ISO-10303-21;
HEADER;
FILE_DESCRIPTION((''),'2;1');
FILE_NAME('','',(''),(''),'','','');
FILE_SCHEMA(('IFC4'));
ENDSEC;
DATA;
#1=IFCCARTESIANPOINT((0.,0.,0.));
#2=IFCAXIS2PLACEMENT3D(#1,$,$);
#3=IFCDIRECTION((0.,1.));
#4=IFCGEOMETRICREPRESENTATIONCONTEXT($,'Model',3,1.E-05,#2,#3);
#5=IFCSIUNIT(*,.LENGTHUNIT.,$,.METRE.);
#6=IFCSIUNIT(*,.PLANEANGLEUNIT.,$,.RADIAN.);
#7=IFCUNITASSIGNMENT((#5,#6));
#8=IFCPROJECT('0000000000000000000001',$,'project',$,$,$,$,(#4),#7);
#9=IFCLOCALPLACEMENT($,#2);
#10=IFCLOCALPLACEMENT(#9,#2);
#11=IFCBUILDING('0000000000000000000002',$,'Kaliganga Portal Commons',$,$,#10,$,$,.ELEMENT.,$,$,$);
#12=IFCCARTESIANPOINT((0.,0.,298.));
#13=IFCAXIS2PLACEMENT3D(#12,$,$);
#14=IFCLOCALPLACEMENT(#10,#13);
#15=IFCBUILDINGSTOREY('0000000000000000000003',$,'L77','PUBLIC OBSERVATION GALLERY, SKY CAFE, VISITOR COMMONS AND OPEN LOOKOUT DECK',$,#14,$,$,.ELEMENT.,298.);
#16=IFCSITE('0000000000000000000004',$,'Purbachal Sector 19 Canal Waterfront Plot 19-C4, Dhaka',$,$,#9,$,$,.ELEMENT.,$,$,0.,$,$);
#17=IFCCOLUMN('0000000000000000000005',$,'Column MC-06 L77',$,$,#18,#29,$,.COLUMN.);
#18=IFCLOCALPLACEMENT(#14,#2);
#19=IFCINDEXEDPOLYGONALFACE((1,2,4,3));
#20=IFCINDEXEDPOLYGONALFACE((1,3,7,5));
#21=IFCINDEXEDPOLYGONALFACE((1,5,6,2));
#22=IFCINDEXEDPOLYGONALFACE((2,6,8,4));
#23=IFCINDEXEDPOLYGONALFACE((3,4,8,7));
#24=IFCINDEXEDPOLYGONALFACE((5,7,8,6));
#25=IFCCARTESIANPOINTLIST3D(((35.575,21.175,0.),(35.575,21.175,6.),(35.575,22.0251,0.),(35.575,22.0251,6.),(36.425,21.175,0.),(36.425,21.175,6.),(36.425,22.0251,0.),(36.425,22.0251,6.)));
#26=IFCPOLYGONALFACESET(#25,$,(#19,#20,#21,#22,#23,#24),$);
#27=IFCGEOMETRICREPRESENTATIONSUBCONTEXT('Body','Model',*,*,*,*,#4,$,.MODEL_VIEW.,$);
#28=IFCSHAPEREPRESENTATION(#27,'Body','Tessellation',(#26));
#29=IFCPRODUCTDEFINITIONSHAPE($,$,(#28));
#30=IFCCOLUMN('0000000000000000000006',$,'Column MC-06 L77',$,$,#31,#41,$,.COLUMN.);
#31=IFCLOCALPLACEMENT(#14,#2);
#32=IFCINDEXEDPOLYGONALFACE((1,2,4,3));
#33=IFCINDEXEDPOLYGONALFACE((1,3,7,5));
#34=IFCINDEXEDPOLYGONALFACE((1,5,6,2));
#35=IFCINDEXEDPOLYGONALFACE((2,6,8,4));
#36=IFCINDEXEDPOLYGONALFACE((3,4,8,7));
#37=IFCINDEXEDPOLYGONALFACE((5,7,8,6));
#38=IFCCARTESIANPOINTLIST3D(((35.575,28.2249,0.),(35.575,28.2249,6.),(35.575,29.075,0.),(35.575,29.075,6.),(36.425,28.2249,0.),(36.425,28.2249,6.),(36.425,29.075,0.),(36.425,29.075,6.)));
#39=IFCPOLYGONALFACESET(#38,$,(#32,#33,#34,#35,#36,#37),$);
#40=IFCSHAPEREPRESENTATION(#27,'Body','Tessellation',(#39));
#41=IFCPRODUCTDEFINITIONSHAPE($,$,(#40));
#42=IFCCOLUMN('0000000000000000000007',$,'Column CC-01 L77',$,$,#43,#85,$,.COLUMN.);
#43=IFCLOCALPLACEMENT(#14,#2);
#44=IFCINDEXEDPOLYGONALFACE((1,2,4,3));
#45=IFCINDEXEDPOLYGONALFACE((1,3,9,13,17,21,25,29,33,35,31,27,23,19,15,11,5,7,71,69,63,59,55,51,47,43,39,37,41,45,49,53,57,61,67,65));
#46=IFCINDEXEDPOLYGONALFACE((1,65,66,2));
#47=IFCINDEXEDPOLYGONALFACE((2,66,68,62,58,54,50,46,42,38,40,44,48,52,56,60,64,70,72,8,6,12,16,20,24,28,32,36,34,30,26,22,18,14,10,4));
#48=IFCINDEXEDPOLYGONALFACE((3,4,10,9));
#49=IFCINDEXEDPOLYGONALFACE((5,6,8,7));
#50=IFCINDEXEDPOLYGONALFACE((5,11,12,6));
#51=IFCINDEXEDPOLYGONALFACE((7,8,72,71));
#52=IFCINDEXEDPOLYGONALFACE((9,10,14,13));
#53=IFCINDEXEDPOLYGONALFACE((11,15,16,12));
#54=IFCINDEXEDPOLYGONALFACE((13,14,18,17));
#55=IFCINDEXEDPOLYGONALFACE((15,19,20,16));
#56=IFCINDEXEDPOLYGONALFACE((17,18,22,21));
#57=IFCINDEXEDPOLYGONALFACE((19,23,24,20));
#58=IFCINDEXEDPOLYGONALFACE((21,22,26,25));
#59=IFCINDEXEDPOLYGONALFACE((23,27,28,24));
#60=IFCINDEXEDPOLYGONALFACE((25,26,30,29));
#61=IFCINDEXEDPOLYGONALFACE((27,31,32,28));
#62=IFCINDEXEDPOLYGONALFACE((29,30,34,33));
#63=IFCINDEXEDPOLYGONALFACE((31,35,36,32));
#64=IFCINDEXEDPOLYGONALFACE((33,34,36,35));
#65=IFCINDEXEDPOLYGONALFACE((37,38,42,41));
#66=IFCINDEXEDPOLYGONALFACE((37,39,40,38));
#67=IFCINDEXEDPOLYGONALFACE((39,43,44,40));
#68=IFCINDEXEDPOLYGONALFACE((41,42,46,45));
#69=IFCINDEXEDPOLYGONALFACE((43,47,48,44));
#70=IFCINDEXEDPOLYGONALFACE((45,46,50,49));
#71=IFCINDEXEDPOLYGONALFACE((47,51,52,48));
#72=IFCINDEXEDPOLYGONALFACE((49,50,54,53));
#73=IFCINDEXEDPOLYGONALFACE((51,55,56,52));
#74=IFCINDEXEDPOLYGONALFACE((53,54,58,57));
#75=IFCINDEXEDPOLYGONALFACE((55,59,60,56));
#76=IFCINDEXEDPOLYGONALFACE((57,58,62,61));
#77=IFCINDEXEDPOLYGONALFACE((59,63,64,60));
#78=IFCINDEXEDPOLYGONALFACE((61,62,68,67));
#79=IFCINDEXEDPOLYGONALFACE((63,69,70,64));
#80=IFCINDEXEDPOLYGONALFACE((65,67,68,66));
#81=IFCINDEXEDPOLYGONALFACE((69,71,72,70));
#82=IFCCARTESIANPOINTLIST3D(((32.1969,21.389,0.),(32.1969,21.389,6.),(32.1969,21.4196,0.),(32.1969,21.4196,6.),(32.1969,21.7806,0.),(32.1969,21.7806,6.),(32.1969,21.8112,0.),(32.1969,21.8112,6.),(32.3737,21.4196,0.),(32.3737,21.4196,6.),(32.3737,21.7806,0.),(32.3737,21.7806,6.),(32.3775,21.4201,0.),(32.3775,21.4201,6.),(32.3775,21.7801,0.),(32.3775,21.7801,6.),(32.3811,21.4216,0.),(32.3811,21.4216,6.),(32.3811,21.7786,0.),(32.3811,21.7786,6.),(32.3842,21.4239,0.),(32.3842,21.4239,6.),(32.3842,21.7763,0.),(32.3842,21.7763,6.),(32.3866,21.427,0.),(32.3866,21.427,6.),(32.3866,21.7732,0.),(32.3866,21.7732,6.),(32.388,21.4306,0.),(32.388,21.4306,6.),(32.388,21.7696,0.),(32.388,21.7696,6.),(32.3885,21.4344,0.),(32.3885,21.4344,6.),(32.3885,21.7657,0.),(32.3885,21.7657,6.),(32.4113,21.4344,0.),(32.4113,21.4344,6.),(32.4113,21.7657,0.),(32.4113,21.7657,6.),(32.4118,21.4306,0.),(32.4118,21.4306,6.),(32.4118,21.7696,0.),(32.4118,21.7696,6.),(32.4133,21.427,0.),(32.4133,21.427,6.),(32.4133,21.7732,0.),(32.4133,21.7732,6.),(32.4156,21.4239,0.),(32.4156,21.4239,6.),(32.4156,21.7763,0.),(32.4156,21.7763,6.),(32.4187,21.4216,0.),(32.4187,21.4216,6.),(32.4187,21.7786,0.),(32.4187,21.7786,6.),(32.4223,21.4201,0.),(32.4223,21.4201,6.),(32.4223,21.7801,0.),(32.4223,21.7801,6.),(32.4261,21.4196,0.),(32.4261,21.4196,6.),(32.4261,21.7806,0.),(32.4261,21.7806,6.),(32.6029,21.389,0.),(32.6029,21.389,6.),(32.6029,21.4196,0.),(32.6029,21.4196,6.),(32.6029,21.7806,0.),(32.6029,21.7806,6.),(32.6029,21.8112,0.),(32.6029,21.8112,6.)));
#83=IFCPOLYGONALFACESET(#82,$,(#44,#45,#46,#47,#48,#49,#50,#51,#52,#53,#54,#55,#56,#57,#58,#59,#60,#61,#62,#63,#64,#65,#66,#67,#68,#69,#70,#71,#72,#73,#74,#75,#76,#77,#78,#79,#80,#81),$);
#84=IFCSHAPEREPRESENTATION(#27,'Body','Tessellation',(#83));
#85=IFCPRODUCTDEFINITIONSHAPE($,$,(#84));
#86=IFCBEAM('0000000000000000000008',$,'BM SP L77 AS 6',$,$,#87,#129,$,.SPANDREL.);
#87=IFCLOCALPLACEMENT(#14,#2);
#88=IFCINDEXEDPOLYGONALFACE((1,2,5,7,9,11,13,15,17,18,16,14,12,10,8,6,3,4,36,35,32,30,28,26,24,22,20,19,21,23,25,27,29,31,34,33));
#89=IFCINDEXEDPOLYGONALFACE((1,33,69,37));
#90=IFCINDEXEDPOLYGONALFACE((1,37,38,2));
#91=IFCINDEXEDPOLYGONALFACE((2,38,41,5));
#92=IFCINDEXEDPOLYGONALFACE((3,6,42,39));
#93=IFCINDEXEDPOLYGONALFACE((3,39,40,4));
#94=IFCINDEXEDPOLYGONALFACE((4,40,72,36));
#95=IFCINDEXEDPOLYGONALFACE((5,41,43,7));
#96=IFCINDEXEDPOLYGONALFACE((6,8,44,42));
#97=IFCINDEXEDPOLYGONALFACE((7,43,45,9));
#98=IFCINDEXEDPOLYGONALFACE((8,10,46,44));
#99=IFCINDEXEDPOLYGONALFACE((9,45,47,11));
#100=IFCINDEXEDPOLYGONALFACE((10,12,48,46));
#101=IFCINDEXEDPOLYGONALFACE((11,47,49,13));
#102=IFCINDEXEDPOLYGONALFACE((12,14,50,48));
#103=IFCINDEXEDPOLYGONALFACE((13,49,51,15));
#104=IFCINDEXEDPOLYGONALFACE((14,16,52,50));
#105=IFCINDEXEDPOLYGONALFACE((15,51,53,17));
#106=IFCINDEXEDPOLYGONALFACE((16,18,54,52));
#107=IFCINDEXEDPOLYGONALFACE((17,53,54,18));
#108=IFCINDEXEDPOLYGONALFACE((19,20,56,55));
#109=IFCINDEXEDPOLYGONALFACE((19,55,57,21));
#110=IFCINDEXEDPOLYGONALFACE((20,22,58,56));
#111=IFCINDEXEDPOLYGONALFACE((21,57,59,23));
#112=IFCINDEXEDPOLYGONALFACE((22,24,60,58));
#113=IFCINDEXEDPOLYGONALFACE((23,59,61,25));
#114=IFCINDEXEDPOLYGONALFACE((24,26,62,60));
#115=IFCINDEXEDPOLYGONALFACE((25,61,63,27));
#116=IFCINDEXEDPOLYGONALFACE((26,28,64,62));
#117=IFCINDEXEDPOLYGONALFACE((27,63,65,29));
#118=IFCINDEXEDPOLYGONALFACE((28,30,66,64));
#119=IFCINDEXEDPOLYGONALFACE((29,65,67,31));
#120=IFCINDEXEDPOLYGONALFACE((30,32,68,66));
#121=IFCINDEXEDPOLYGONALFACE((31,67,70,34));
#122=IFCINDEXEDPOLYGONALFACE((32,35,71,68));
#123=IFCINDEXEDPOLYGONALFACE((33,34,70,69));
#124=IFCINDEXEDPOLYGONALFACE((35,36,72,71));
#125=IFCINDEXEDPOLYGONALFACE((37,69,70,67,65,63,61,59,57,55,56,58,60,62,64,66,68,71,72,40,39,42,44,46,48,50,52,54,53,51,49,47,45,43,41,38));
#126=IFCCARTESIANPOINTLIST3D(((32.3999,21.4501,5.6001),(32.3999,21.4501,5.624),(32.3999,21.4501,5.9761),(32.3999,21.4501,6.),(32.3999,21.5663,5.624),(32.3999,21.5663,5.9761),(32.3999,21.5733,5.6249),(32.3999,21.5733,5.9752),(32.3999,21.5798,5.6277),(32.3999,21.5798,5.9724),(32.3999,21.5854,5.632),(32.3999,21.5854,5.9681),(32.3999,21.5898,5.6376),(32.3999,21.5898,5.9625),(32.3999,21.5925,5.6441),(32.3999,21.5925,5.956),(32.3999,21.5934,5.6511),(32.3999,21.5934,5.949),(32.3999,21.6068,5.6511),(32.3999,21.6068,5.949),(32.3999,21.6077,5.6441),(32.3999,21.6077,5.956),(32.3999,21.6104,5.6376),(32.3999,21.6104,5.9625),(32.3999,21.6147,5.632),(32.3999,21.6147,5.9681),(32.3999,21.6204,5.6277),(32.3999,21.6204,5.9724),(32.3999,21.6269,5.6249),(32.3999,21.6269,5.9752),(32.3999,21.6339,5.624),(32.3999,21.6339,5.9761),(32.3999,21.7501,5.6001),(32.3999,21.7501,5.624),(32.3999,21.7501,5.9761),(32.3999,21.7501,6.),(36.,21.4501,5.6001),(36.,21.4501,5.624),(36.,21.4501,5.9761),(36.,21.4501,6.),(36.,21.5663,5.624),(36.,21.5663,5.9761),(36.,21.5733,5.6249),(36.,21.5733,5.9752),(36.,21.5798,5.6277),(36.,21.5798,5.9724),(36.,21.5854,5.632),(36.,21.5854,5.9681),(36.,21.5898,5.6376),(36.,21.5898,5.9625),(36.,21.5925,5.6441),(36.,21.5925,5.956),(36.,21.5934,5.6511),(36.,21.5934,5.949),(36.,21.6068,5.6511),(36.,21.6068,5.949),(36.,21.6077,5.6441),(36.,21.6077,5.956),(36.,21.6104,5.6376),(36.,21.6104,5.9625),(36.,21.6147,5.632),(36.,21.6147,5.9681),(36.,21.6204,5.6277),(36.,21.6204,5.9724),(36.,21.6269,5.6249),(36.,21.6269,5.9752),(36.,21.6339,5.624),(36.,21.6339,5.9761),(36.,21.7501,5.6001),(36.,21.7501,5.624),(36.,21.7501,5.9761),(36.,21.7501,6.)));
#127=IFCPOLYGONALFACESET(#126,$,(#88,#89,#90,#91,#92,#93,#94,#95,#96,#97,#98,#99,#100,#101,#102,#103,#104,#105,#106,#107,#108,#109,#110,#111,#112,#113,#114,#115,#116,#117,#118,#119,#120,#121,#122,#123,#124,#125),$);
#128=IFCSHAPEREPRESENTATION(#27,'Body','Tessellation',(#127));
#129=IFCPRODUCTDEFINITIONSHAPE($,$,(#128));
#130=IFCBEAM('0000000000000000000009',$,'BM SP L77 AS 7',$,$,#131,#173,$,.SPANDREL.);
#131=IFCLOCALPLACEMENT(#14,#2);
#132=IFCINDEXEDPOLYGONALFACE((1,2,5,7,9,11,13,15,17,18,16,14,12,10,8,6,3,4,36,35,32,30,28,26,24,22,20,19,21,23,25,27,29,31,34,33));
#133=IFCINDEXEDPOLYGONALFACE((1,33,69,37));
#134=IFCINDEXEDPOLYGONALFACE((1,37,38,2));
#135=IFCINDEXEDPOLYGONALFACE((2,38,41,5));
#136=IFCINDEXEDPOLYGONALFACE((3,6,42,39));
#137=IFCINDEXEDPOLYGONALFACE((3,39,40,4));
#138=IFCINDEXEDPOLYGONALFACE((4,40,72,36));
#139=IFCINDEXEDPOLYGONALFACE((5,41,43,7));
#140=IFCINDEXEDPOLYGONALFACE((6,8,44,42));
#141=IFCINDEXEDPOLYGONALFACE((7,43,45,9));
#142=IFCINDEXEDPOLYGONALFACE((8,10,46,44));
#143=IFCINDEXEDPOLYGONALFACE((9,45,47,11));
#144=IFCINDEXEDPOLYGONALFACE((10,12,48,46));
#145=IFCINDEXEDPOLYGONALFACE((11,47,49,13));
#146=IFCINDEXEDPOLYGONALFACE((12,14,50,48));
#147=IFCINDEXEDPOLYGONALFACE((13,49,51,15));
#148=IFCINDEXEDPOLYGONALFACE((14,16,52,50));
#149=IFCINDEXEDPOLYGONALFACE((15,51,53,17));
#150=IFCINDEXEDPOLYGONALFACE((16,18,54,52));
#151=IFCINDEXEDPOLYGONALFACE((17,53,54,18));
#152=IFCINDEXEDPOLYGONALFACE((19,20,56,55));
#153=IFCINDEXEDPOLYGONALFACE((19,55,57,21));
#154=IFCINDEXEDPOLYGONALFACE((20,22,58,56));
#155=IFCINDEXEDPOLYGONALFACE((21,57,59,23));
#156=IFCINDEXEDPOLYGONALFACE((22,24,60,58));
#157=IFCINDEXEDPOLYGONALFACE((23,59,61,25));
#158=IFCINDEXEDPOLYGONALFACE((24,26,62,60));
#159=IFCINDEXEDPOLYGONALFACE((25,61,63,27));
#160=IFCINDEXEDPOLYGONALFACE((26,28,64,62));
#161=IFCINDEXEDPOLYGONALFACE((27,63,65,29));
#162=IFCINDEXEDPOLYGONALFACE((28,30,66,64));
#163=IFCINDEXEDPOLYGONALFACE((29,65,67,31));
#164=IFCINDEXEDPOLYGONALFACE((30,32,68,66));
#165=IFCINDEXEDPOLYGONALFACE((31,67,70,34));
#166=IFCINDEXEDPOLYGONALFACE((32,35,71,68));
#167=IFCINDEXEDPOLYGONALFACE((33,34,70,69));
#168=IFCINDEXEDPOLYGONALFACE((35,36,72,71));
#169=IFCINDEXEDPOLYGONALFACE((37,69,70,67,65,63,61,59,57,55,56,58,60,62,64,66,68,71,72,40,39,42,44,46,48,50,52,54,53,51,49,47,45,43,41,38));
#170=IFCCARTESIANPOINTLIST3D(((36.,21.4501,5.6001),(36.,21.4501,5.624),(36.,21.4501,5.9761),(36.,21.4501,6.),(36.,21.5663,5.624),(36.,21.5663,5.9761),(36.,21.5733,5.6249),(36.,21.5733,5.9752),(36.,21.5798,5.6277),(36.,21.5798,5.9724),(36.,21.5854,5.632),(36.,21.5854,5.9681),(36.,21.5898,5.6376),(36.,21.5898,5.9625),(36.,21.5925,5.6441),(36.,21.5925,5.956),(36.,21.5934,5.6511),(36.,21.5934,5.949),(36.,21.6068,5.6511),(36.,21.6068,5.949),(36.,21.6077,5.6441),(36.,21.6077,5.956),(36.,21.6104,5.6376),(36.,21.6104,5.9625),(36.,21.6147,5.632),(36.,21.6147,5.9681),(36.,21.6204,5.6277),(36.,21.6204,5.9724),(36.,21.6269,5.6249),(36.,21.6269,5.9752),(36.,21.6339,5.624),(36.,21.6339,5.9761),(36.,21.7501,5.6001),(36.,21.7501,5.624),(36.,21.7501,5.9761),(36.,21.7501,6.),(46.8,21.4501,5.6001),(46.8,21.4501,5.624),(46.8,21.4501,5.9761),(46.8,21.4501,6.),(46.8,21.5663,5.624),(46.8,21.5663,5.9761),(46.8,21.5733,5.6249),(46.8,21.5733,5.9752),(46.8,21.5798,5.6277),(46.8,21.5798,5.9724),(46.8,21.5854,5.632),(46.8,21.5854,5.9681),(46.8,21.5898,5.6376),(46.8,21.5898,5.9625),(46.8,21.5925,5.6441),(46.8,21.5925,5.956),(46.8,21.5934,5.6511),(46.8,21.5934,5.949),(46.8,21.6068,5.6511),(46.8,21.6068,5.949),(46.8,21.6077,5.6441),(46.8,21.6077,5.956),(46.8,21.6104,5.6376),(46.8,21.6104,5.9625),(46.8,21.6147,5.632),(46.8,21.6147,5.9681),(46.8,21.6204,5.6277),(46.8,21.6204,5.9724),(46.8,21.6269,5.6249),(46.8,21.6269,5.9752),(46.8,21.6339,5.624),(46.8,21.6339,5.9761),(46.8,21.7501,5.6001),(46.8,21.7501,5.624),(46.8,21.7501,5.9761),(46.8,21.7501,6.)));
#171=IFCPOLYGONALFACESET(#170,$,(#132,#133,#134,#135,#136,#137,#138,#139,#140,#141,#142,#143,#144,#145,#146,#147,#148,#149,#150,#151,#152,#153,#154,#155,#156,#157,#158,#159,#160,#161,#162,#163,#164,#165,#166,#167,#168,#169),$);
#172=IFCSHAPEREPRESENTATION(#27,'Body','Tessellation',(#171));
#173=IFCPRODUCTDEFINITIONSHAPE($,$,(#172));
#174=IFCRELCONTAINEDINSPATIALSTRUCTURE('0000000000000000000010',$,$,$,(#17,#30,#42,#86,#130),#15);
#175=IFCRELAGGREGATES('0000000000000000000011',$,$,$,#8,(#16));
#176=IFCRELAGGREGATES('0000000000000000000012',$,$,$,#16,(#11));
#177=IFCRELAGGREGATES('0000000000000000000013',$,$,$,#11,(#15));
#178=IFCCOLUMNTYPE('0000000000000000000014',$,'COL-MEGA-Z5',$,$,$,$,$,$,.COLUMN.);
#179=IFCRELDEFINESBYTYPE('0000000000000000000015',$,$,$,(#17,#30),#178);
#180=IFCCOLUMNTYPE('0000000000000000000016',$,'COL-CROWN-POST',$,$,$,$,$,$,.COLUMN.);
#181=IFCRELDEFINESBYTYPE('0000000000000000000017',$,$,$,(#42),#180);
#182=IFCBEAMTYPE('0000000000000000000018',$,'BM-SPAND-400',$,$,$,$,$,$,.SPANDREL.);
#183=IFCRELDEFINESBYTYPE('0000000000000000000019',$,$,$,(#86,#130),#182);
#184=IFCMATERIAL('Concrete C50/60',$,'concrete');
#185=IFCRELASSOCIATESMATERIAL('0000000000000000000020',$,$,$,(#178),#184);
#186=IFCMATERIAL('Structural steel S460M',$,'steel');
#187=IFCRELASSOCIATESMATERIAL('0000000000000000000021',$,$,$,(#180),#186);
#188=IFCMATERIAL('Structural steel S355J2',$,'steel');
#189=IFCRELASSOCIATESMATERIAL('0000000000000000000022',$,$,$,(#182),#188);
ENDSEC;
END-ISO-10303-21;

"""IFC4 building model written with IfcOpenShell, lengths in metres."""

from ifc_helpers import new_model, si_unit, direction, frame, origin, origin_2d, place, context, subcontext, project, spatial, rectangle, i_section, extrude, source, transform, mapped, material, material_profile, profile_set, type_object, element, save


model = new_model("IFC4")

# Units and contexts
model_context = context("Model", 3, precision=1e-05, world=origin(), true_north=direction((0.0, 1.0)))
body_context = subcontext(model_context, "Body", "Model", "MODEL_VIEW")
ifc_project = project(units=[si_unit("LENGTHUNIT", "METRE"), si_unit("PLANEANGLEUNIT", "RADIAN")], contexts=[model_context])

# Site, building, storey
site_placement = place(None, origin())
site = spatial("IfcSite", under=ifc_project, at=site_placement, Name="Purbachal Sector 19 Canal Waterfront Plot 19-C4, Dhaka", CompositionType="ELEMENT", RefElevation=0.0)
building_placement = place(site_placement, origin())
building = spatial("IfcBuilding", under=site, at=building_placement, Name="Kaliganga Portal Commons", CompositionType="ELEMENT")
storey_placement = place(building_placement, frame((0.0, 0.0, 298.0)))
storey = spatial("IfcBuildingStorey", under=building, at=storey_placement, Name="L77", Description="PUBLIC OBSERVATION GALLERY, SKY CAFE, VISITOR COMMONS AND OPEN LOOKOUT DECK", CompositionType="ELEMENT", Elevation=298.0)

# Columns
ifc_material_1 = material(Name="Concrete C50/60", Category="concrete")
ifc_material_profile_1 = material_profile(ifc_material_1, rectangle(XDim=0.8501, YDim=0.8501, at=origin_2d()), Name="RC 850x850")
ifc_profile_set_1 = profile_set([ifc_material_profile_1], Name="Concrete C50/60")
column_type_1 = type_object("IfcColumnType", Name="COL-MEGA-Z5", PredefinedType="COLUMN", material=ifc_profile_set_1)
shared_shape_1 = source(origin(), body_context, "Body", "SweptSolid", [
    extrude(rectangle(XDim=0.8501, YDim=0.8501, at=origin_2d()), origin(), (0.0, 0.0, 1.0), 6.0),
])
for number, where, z_axis, x_axis, name in (
    (1, (36.0, 21.6001, 0.0), (0.0, 0.0, 1.0), (1.0, 0.0, 0.0), "Column MC-06 L77"),
    (2, (36.0, 28.6499, 0.0), (0.0, 0.0, 1.0), (1.0, 0.0, 0.0), "Column MC-06 L77"),
):
    element("IfcColumn", number, at=place(storey_placement, frame(where, z_axis=z_axis, x_axis=x_axis)), inside=storey, type_object=column_type_1, Name=name, PredefinedType="COLUMN", context=body_context, shape_type="MappedRepresentation", body=[
        mapped(shared_shape_1, transform((0.0, 0.0, 0.0), x_axis=(1.0, 0.0, 0.0), y_axis=(0.0, 1.0, 0.0), z_axis=(0.0, 0.0, 1.0), scale=1.0)),
    ])
ifc_material_2 = material(Name="Structural steel S460M", Category="steel")
ifc_material_profile_2 = material_profile(ifc_material_2, i_section(OverallWidth=0.406, OverallDepth=0.4221, WebThickness=0.0227, FlangeThickness=0.0305, FilletRadius=0.0149, at=origin_2d()), Name="HD 400x382")
ifc_profile_set_2 = profile_set([ifc_material_profile_2], Name="Structural steel S460M wide-flange")
column_type_2 = type_object("IfcColumnType", Name="COL-CROWN-POST", PredefinedType="COLUMN", material=ifc_profile_set_2)
shared_shape_2 = source(origin(), body_context, "Body", "SweptSolid", [
    extrude(i_section(OverallWidth=0.406, OverallDepth=0.4221, WebThickness=0.0227, FlangeThickness=0.0305, FilletRadius=0.0149, at=origin_2d()), origin(), (0.0, 0.0, 1.0), 6.0),
])
column_placement = place(storey_placement, frame((32.3999, 21.6001, 0.0), z_axis=(0.0, 0.0, 1.0), x_axis=(1.0, 0.0, 0.0)))
element("IfcColumn", 3, at=column_placement, inside=storey, type_object=column_type_2, Name="Column CC-01 L77", PredefinedType="COLUMN", context=body_context, shape_type="MappedRepresentation", body=[
    mapped(shared_shape_2, transform((0.0, 0.0, 0.0), x_axis=(1.0, 0.0, 0.0), y_axis=(0.0, 1.0, 0.0), z_axis=(0.0, 0.0, 1.0), scale=1.0)),
])

# Beams
ifc_material_3 = material(Name="Structural steel S355J2", Category="steel")
ifc_material_profile_3 = material_profile(ifc_material_3, i_section(OverallWidth=0.3, OverallDepth=0.3999, WebThickness=0.0134, FlangeThickness=0.0239, FilletRadius=0.0271, at=origin_2d()), Name="HE 400 B")
ifc_profile_set_3 = profile_set([ifc_material_profile_3], Name="Structural steel S355J2 wide-flange")
beam_type_1 = type_object("IfcBeamType", Name="BM-SPAND-400", PredefinedType="SPANDREL", material=ifc_profile_set_3)
shared_shape_3 = source(origin(), body_context, "Body", "SweptSolid", [
    extrude(i_section(OverallWidth=0.3, OverallDepth=0.3999, WebThickness=0.0134, FlangeThickness=0.0239, FilletRadius=0.0271, at=origin_2d()), origin(), (0.0, 0.0, 1.0), 3.6001),
])
beam_1_placement = place(storey_placement, frame((32.3999, 21.6001, 5.8), z_axis=(1.0, 0.0, 0.0), x_axis=(0.0, 1.0, 0.0)))
element("IfcBeam", 4, at=beam_1_placement, inside=storey, type_object=beam_type_1, Name="BM SP L77 AS 6", PredefinedType="SPANDREL", context=body_context, shape_type="MappedRepresentation", body=[
    mapped(shared_shape_3, transform((0.0, 0.0, 0.0), x_axis=(1.0, 0.0, 0.0), y_axis=(0.0, 1.0, 0.0), z_axis=(0.0, 0.0, 1.0), scale=1.0)),
])
shared_shape_4 = source(origin(), body_context, "Body", "SweptSolid", [
    extrude(i_section(OverallWidth=0.3, OverallDepth=0.3999, WebThickness=0.0134, FlangeThickness=0.0239, FilletRadius=0.0271, at=origin_2d()), origin(), (0.0, 0.0, 1.0), 10.8),
])
beam_2_placement = place(storey_placement, frame((36.0, 21.6001, 5.8), z_axis=(1.0, 0.0, 0.0), x_axis=(0.0, 1.0, 0.0)))
element("IfcBeam", 5, at=beam_2_placement, inside=storey, type_object=beam_type_1, Name="BM SP L77 AS 7", PredefinedType="SPANDREL", context=body_context, shape_type="MappedRepresentation", body=[
    mapped(shared_shape_4, transform((0.0, 0.0, 0.0), x_axis=(1.0, 0.0, 0.0), y_axis=(0.0, 1.0, 0.0), z_axis=(0.0, 0.0, 1.0), scale=1.0)),
])

save(model, "model.ifc")
